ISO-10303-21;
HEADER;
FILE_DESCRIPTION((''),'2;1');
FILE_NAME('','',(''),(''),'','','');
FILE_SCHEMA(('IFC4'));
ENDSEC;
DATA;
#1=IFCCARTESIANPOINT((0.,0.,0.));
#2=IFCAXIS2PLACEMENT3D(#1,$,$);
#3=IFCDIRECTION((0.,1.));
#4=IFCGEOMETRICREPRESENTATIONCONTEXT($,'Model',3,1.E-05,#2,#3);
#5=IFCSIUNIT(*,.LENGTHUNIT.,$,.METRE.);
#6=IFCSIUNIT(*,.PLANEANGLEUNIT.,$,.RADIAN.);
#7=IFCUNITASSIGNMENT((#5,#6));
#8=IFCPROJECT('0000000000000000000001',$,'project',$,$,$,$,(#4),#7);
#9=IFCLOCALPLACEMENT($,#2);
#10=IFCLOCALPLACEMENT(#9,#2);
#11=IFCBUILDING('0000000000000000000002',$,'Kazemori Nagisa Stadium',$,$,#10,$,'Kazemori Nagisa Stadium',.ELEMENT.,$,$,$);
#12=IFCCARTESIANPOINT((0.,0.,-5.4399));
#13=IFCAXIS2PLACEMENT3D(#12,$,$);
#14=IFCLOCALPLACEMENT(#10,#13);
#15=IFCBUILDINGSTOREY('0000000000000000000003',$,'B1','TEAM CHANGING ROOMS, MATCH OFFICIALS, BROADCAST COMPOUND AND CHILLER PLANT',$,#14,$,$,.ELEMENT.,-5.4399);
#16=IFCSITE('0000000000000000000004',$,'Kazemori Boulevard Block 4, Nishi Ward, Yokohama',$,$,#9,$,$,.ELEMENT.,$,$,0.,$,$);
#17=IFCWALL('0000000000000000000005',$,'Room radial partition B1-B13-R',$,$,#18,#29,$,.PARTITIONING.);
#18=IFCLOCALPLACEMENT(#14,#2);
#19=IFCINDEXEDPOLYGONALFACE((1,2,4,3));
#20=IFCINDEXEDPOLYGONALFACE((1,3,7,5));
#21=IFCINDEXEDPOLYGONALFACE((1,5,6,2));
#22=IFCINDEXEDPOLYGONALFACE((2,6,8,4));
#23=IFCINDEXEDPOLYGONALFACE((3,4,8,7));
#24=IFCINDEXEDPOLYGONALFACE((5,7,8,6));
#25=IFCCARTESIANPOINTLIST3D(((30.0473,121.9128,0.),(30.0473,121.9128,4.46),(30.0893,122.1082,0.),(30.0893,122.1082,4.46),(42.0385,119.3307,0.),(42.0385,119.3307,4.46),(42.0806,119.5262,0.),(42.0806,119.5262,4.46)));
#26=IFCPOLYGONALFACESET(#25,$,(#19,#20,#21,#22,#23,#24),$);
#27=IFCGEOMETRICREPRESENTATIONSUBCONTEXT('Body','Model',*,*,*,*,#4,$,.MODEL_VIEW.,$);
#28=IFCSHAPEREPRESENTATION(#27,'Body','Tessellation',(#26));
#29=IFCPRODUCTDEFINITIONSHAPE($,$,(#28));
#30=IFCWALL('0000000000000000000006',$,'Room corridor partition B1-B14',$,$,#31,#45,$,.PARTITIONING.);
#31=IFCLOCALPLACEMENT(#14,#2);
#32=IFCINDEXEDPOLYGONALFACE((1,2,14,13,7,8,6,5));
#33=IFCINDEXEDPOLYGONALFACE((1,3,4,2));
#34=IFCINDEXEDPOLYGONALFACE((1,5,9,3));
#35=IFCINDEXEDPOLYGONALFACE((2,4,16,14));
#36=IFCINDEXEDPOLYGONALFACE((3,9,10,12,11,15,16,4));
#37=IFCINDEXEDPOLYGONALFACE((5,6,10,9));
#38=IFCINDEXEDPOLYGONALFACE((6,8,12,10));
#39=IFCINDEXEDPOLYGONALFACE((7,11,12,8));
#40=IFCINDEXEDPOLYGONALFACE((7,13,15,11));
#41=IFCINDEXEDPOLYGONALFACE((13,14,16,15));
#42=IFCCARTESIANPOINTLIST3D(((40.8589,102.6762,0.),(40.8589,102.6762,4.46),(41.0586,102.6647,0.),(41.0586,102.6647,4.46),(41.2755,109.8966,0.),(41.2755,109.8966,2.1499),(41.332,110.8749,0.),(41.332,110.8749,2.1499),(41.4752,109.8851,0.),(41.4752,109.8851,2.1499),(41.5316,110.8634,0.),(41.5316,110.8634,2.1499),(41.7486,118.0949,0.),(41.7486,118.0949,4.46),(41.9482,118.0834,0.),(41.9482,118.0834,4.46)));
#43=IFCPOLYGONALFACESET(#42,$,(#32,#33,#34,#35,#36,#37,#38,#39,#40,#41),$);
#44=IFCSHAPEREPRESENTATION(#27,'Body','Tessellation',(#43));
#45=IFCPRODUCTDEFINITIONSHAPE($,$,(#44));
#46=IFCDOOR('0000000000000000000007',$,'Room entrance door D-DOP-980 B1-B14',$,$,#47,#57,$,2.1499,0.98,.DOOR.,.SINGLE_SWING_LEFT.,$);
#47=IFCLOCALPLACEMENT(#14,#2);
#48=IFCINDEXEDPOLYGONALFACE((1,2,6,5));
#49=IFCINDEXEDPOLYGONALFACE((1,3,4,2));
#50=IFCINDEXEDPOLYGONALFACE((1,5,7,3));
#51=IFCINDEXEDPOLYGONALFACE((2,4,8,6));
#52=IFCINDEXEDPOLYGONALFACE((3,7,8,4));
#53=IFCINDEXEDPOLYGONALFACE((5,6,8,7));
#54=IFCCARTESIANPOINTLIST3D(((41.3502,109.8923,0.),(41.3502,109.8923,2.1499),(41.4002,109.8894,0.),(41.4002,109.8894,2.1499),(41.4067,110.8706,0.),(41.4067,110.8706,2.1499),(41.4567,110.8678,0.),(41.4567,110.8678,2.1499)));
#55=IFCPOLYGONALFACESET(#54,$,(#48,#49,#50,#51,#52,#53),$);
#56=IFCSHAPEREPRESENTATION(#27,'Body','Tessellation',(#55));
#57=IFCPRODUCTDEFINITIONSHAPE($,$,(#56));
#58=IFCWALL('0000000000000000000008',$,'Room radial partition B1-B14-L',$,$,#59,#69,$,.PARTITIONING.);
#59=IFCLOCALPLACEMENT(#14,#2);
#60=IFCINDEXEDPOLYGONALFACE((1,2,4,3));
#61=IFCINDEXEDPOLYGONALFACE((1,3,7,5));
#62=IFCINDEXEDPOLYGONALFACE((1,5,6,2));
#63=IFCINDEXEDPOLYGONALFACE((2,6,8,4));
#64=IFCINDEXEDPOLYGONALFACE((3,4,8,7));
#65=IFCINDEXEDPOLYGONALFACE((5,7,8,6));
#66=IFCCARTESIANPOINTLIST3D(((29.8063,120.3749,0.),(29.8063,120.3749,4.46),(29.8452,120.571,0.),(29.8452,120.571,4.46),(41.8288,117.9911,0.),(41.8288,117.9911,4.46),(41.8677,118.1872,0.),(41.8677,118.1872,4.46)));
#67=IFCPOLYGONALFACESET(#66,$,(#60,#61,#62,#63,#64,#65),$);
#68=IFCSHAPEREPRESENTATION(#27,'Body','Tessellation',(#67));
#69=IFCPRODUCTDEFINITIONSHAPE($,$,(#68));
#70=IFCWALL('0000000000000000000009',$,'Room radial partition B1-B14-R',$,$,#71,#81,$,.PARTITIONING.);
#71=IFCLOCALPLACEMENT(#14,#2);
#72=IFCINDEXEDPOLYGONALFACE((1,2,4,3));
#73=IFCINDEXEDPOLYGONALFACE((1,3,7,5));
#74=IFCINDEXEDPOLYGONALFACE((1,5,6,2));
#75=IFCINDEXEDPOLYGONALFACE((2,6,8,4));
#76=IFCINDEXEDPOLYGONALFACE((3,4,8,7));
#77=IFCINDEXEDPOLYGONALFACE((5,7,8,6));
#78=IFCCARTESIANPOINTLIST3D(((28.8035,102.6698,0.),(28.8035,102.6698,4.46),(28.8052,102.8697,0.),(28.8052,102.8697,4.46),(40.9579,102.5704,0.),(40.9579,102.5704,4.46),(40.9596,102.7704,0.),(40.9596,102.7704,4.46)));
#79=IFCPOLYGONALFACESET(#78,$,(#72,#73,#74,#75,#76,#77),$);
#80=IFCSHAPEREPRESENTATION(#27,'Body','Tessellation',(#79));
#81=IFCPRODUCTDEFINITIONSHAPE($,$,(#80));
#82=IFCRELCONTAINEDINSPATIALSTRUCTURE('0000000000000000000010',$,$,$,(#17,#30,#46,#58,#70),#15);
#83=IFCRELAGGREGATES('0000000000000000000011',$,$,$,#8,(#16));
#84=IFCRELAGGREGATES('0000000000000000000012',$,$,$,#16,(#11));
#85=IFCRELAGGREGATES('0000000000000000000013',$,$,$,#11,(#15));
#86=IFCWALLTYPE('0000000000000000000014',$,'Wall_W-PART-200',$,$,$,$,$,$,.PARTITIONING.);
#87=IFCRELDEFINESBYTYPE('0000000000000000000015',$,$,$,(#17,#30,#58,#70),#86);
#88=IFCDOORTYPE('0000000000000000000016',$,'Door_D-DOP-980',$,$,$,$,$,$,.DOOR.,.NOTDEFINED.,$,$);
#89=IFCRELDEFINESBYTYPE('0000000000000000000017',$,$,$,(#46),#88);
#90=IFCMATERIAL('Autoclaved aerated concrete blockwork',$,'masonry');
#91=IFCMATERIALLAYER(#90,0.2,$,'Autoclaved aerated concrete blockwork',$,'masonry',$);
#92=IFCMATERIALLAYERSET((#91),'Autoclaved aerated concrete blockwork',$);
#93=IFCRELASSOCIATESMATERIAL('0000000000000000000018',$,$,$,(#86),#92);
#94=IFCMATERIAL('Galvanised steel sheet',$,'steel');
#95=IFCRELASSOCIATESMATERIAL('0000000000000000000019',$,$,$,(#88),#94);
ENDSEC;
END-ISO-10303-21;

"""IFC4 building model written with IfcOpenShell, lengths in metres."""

from ifc_helpers import new_model, si_unit, direction, frame, frame_2d, origin, place, context, subcontext, project, spatial, rectangle, extrude, material, layer, layer_set, type_object, element, fill, save


model = new_model("IFC4")

# Units and contexts
model_context = context("Model", 3, precision=1e-05, world=origin(), true_north=direction((0.0, 1.0)))
body_context = subcontext(model_context, "Body", "Model", "MODEL_VIEW")
ifc_project = project(units=[si_unit("LENGTHUNIT", "METRE"), si_unit("PLANEANGLEUNIT", "RADIAN")], contexts=[model_context])

# Site, building, storey
site_placement = place(None, origin())
site = spatial("IfcSite", under=ifc_project, at=site_placement, Name="Kazemori Boulevard Block 4, Nishi Ward, Yokohama", CompositionType="ELEMENT", RefElevation=0.0)
building_placement = place(site_placement, origin())
building = spatial("IfcBuilding", under=site, at=building_placement, Name="Kazemori Nagisa Stadium", LongName="Kazemori Nagisa Stadium", CompositionType="ELEMENT")
storey_placement = place(building_placement, frame((0.0, 0.0, -5.4399)))
storey = spatial("IfcBuildingStorey", under=building, at=storey_placement, Name="B1", Description="TEAM CHANGING ROOMS, MATCH OFFICIALS, BROADCAST COMPOUND AND CHILLER PLANT", CompositionType="ELEMENT", Elevation=-5.4399)

# Wall
ifc_material_1 = material(Name="Autoclaved aerated concrete blockwork", Category="masonry")
ifc_layer = layer(ifc_material_1, 0.2, Name="Autoclaved aerated concrete blockwork", Category="masonry")
ifc_layer_set = layer_set([ifc_layer], Name="Autoclaved aerated concrete blockwork")
wall_type = type_object("IfcWallType", Name="Wall_W-PART-200", PredefinedType="PARTITIONING", material=ifc_layer_set)
wall_1_placement = place(storey_placement, frame((42.0596, 119.4285, 0.0), z_axis=(0.0, 0.0, 1.0), x_axis=(-0.977593, 0.210502, 0.0)))
element("IfcWall", 1, at=wall_1_placement, inside=storey, type_object=wall_type, Name="Room radial partition B1-B13-R", PredefinedType="PARTITIONING", context=body_context, shape_type="SweptSolid", body=[
    extrude(rectangle(XDim=12.2661, YDim=0.2, at=frame_2d((6.1331, 0.0))), origin(), (0.0, 0.0, 1.0), 4.46),
])

# Wall, opening, door
wall_2_placement = place(storey_placement, frame((41.8484, 118.0891, 0.0), z_axis=(0.0, 0.0, 1.0), x_axis=(-0.057604, -0.99834, 0.0)))
wall_2 = element("IfcWall", 2, at=wall_2_placement, inside=storey, type_object=wall_type, Name="Room corridor partition B1-B14", PredefinedType="PARTITIONING", context=body_context, shape_type="SweptSolid", body=[
    extrude(rectangle(XDim=15.4443, YDim=0.2, at=frame_2d((7.7222, 0.0))), origin(), (0.0, 0.0, 1.0), 4.46),
])
opening_placement = place(wall_2_placement, frame((7.2319, 0.0, 0.0)))
opening = element("IfcOpeningElement", 3, at=opening_placement, cuts=wall_2, PredefinedType="OPENING", context=body_context, shape_type="SweptSolid", body=[
    extrude(rectangle(XDim=0.98, YDim=2.1499, at=frame_2d((0.49, 1.075))), frame((0.0, 0.1099, 0.0), z_axis=(0.0, -1.0, 0.0), x_axis=(1.0, 0.0, 0.0)), (0.0, 0.0, 1.0), 0.22),
])
ifc_material_2 = material(Name="Galvanised steel sheet", Category="steel")
door_type = type_object("IfcDoorType", Name="Door_D-DOP-980", OperationType="NOTDEFINED", PredefinedType="DOOR", material=ifc_material_2)
door_placement = place(opening_placement, origin())
door = element("IfcDoor", 4, at=door_placement, inside=storey, type_object=door_type, Name="Room entrance door D-DOP-980 B1-B14", OperationType="SINGLE_SWING_LEFT", OverallHeight=2.1499, OverallWidth=0.98, PredefinedType="DOOR", context=body_context, shape_type="SweptSolid", body=[
    extrude(rectangle(XDim=0.98, YDim=2.1499, at=frame_2d((0.49, 1.075))), frame((0.0, 0.0249, 0.0), z_axis=(0.0, -1.0, 0.0), x_axis=(1.0, 0.0, 0.0)), (0.0, 0.0, 1.0), 0.05),
])
fill(opening, door)

# Walls
wall_3_placement = place(storey_placement, frame((41.8484, 118.0891, 0.0), z_axis=(0.0, 0.0, 1.0), x_axis=(-0.980904, 0.194492, 0.0)))
element("IfcWall", 5, at=wall_3_placement, inside=storey, type_object=wall_type, Name="Room radial partition B1-B14-L", PredefinedType="PARTITIONING", context=body_context, shape_type="SweptSolid", body=[
    extrude(rectangle(XDim=12.2566, YDim=0.2, at=frame_2d((6.1284, 0.0))), origin(), (0.0, 0.0, 1.0), 4.46),
])
wall_4_placement = place(storey_placement, frame((40.9587, 102.6704, 0.0), z_axis=(0.0, 0.0, 1.0), x_axis=(-0.999967, 0.008175, 0.0)))
element("IfcWall", 6, at=wall_4_placement, inside=storey, type_object=wall_type, Name="Room radial partition B1-B14-R", PredefinedType="PARTITIONING", context=body_context, shape_type="SweptSolid", body=[
    extrude(rectangle(XDim=12.1548, YDim=0.2, at=frame_2d((6.0774, 0.0))), origin(), (0.0, 0.0, 1.0), 4.46),
])

save(model, "model.ifc")
